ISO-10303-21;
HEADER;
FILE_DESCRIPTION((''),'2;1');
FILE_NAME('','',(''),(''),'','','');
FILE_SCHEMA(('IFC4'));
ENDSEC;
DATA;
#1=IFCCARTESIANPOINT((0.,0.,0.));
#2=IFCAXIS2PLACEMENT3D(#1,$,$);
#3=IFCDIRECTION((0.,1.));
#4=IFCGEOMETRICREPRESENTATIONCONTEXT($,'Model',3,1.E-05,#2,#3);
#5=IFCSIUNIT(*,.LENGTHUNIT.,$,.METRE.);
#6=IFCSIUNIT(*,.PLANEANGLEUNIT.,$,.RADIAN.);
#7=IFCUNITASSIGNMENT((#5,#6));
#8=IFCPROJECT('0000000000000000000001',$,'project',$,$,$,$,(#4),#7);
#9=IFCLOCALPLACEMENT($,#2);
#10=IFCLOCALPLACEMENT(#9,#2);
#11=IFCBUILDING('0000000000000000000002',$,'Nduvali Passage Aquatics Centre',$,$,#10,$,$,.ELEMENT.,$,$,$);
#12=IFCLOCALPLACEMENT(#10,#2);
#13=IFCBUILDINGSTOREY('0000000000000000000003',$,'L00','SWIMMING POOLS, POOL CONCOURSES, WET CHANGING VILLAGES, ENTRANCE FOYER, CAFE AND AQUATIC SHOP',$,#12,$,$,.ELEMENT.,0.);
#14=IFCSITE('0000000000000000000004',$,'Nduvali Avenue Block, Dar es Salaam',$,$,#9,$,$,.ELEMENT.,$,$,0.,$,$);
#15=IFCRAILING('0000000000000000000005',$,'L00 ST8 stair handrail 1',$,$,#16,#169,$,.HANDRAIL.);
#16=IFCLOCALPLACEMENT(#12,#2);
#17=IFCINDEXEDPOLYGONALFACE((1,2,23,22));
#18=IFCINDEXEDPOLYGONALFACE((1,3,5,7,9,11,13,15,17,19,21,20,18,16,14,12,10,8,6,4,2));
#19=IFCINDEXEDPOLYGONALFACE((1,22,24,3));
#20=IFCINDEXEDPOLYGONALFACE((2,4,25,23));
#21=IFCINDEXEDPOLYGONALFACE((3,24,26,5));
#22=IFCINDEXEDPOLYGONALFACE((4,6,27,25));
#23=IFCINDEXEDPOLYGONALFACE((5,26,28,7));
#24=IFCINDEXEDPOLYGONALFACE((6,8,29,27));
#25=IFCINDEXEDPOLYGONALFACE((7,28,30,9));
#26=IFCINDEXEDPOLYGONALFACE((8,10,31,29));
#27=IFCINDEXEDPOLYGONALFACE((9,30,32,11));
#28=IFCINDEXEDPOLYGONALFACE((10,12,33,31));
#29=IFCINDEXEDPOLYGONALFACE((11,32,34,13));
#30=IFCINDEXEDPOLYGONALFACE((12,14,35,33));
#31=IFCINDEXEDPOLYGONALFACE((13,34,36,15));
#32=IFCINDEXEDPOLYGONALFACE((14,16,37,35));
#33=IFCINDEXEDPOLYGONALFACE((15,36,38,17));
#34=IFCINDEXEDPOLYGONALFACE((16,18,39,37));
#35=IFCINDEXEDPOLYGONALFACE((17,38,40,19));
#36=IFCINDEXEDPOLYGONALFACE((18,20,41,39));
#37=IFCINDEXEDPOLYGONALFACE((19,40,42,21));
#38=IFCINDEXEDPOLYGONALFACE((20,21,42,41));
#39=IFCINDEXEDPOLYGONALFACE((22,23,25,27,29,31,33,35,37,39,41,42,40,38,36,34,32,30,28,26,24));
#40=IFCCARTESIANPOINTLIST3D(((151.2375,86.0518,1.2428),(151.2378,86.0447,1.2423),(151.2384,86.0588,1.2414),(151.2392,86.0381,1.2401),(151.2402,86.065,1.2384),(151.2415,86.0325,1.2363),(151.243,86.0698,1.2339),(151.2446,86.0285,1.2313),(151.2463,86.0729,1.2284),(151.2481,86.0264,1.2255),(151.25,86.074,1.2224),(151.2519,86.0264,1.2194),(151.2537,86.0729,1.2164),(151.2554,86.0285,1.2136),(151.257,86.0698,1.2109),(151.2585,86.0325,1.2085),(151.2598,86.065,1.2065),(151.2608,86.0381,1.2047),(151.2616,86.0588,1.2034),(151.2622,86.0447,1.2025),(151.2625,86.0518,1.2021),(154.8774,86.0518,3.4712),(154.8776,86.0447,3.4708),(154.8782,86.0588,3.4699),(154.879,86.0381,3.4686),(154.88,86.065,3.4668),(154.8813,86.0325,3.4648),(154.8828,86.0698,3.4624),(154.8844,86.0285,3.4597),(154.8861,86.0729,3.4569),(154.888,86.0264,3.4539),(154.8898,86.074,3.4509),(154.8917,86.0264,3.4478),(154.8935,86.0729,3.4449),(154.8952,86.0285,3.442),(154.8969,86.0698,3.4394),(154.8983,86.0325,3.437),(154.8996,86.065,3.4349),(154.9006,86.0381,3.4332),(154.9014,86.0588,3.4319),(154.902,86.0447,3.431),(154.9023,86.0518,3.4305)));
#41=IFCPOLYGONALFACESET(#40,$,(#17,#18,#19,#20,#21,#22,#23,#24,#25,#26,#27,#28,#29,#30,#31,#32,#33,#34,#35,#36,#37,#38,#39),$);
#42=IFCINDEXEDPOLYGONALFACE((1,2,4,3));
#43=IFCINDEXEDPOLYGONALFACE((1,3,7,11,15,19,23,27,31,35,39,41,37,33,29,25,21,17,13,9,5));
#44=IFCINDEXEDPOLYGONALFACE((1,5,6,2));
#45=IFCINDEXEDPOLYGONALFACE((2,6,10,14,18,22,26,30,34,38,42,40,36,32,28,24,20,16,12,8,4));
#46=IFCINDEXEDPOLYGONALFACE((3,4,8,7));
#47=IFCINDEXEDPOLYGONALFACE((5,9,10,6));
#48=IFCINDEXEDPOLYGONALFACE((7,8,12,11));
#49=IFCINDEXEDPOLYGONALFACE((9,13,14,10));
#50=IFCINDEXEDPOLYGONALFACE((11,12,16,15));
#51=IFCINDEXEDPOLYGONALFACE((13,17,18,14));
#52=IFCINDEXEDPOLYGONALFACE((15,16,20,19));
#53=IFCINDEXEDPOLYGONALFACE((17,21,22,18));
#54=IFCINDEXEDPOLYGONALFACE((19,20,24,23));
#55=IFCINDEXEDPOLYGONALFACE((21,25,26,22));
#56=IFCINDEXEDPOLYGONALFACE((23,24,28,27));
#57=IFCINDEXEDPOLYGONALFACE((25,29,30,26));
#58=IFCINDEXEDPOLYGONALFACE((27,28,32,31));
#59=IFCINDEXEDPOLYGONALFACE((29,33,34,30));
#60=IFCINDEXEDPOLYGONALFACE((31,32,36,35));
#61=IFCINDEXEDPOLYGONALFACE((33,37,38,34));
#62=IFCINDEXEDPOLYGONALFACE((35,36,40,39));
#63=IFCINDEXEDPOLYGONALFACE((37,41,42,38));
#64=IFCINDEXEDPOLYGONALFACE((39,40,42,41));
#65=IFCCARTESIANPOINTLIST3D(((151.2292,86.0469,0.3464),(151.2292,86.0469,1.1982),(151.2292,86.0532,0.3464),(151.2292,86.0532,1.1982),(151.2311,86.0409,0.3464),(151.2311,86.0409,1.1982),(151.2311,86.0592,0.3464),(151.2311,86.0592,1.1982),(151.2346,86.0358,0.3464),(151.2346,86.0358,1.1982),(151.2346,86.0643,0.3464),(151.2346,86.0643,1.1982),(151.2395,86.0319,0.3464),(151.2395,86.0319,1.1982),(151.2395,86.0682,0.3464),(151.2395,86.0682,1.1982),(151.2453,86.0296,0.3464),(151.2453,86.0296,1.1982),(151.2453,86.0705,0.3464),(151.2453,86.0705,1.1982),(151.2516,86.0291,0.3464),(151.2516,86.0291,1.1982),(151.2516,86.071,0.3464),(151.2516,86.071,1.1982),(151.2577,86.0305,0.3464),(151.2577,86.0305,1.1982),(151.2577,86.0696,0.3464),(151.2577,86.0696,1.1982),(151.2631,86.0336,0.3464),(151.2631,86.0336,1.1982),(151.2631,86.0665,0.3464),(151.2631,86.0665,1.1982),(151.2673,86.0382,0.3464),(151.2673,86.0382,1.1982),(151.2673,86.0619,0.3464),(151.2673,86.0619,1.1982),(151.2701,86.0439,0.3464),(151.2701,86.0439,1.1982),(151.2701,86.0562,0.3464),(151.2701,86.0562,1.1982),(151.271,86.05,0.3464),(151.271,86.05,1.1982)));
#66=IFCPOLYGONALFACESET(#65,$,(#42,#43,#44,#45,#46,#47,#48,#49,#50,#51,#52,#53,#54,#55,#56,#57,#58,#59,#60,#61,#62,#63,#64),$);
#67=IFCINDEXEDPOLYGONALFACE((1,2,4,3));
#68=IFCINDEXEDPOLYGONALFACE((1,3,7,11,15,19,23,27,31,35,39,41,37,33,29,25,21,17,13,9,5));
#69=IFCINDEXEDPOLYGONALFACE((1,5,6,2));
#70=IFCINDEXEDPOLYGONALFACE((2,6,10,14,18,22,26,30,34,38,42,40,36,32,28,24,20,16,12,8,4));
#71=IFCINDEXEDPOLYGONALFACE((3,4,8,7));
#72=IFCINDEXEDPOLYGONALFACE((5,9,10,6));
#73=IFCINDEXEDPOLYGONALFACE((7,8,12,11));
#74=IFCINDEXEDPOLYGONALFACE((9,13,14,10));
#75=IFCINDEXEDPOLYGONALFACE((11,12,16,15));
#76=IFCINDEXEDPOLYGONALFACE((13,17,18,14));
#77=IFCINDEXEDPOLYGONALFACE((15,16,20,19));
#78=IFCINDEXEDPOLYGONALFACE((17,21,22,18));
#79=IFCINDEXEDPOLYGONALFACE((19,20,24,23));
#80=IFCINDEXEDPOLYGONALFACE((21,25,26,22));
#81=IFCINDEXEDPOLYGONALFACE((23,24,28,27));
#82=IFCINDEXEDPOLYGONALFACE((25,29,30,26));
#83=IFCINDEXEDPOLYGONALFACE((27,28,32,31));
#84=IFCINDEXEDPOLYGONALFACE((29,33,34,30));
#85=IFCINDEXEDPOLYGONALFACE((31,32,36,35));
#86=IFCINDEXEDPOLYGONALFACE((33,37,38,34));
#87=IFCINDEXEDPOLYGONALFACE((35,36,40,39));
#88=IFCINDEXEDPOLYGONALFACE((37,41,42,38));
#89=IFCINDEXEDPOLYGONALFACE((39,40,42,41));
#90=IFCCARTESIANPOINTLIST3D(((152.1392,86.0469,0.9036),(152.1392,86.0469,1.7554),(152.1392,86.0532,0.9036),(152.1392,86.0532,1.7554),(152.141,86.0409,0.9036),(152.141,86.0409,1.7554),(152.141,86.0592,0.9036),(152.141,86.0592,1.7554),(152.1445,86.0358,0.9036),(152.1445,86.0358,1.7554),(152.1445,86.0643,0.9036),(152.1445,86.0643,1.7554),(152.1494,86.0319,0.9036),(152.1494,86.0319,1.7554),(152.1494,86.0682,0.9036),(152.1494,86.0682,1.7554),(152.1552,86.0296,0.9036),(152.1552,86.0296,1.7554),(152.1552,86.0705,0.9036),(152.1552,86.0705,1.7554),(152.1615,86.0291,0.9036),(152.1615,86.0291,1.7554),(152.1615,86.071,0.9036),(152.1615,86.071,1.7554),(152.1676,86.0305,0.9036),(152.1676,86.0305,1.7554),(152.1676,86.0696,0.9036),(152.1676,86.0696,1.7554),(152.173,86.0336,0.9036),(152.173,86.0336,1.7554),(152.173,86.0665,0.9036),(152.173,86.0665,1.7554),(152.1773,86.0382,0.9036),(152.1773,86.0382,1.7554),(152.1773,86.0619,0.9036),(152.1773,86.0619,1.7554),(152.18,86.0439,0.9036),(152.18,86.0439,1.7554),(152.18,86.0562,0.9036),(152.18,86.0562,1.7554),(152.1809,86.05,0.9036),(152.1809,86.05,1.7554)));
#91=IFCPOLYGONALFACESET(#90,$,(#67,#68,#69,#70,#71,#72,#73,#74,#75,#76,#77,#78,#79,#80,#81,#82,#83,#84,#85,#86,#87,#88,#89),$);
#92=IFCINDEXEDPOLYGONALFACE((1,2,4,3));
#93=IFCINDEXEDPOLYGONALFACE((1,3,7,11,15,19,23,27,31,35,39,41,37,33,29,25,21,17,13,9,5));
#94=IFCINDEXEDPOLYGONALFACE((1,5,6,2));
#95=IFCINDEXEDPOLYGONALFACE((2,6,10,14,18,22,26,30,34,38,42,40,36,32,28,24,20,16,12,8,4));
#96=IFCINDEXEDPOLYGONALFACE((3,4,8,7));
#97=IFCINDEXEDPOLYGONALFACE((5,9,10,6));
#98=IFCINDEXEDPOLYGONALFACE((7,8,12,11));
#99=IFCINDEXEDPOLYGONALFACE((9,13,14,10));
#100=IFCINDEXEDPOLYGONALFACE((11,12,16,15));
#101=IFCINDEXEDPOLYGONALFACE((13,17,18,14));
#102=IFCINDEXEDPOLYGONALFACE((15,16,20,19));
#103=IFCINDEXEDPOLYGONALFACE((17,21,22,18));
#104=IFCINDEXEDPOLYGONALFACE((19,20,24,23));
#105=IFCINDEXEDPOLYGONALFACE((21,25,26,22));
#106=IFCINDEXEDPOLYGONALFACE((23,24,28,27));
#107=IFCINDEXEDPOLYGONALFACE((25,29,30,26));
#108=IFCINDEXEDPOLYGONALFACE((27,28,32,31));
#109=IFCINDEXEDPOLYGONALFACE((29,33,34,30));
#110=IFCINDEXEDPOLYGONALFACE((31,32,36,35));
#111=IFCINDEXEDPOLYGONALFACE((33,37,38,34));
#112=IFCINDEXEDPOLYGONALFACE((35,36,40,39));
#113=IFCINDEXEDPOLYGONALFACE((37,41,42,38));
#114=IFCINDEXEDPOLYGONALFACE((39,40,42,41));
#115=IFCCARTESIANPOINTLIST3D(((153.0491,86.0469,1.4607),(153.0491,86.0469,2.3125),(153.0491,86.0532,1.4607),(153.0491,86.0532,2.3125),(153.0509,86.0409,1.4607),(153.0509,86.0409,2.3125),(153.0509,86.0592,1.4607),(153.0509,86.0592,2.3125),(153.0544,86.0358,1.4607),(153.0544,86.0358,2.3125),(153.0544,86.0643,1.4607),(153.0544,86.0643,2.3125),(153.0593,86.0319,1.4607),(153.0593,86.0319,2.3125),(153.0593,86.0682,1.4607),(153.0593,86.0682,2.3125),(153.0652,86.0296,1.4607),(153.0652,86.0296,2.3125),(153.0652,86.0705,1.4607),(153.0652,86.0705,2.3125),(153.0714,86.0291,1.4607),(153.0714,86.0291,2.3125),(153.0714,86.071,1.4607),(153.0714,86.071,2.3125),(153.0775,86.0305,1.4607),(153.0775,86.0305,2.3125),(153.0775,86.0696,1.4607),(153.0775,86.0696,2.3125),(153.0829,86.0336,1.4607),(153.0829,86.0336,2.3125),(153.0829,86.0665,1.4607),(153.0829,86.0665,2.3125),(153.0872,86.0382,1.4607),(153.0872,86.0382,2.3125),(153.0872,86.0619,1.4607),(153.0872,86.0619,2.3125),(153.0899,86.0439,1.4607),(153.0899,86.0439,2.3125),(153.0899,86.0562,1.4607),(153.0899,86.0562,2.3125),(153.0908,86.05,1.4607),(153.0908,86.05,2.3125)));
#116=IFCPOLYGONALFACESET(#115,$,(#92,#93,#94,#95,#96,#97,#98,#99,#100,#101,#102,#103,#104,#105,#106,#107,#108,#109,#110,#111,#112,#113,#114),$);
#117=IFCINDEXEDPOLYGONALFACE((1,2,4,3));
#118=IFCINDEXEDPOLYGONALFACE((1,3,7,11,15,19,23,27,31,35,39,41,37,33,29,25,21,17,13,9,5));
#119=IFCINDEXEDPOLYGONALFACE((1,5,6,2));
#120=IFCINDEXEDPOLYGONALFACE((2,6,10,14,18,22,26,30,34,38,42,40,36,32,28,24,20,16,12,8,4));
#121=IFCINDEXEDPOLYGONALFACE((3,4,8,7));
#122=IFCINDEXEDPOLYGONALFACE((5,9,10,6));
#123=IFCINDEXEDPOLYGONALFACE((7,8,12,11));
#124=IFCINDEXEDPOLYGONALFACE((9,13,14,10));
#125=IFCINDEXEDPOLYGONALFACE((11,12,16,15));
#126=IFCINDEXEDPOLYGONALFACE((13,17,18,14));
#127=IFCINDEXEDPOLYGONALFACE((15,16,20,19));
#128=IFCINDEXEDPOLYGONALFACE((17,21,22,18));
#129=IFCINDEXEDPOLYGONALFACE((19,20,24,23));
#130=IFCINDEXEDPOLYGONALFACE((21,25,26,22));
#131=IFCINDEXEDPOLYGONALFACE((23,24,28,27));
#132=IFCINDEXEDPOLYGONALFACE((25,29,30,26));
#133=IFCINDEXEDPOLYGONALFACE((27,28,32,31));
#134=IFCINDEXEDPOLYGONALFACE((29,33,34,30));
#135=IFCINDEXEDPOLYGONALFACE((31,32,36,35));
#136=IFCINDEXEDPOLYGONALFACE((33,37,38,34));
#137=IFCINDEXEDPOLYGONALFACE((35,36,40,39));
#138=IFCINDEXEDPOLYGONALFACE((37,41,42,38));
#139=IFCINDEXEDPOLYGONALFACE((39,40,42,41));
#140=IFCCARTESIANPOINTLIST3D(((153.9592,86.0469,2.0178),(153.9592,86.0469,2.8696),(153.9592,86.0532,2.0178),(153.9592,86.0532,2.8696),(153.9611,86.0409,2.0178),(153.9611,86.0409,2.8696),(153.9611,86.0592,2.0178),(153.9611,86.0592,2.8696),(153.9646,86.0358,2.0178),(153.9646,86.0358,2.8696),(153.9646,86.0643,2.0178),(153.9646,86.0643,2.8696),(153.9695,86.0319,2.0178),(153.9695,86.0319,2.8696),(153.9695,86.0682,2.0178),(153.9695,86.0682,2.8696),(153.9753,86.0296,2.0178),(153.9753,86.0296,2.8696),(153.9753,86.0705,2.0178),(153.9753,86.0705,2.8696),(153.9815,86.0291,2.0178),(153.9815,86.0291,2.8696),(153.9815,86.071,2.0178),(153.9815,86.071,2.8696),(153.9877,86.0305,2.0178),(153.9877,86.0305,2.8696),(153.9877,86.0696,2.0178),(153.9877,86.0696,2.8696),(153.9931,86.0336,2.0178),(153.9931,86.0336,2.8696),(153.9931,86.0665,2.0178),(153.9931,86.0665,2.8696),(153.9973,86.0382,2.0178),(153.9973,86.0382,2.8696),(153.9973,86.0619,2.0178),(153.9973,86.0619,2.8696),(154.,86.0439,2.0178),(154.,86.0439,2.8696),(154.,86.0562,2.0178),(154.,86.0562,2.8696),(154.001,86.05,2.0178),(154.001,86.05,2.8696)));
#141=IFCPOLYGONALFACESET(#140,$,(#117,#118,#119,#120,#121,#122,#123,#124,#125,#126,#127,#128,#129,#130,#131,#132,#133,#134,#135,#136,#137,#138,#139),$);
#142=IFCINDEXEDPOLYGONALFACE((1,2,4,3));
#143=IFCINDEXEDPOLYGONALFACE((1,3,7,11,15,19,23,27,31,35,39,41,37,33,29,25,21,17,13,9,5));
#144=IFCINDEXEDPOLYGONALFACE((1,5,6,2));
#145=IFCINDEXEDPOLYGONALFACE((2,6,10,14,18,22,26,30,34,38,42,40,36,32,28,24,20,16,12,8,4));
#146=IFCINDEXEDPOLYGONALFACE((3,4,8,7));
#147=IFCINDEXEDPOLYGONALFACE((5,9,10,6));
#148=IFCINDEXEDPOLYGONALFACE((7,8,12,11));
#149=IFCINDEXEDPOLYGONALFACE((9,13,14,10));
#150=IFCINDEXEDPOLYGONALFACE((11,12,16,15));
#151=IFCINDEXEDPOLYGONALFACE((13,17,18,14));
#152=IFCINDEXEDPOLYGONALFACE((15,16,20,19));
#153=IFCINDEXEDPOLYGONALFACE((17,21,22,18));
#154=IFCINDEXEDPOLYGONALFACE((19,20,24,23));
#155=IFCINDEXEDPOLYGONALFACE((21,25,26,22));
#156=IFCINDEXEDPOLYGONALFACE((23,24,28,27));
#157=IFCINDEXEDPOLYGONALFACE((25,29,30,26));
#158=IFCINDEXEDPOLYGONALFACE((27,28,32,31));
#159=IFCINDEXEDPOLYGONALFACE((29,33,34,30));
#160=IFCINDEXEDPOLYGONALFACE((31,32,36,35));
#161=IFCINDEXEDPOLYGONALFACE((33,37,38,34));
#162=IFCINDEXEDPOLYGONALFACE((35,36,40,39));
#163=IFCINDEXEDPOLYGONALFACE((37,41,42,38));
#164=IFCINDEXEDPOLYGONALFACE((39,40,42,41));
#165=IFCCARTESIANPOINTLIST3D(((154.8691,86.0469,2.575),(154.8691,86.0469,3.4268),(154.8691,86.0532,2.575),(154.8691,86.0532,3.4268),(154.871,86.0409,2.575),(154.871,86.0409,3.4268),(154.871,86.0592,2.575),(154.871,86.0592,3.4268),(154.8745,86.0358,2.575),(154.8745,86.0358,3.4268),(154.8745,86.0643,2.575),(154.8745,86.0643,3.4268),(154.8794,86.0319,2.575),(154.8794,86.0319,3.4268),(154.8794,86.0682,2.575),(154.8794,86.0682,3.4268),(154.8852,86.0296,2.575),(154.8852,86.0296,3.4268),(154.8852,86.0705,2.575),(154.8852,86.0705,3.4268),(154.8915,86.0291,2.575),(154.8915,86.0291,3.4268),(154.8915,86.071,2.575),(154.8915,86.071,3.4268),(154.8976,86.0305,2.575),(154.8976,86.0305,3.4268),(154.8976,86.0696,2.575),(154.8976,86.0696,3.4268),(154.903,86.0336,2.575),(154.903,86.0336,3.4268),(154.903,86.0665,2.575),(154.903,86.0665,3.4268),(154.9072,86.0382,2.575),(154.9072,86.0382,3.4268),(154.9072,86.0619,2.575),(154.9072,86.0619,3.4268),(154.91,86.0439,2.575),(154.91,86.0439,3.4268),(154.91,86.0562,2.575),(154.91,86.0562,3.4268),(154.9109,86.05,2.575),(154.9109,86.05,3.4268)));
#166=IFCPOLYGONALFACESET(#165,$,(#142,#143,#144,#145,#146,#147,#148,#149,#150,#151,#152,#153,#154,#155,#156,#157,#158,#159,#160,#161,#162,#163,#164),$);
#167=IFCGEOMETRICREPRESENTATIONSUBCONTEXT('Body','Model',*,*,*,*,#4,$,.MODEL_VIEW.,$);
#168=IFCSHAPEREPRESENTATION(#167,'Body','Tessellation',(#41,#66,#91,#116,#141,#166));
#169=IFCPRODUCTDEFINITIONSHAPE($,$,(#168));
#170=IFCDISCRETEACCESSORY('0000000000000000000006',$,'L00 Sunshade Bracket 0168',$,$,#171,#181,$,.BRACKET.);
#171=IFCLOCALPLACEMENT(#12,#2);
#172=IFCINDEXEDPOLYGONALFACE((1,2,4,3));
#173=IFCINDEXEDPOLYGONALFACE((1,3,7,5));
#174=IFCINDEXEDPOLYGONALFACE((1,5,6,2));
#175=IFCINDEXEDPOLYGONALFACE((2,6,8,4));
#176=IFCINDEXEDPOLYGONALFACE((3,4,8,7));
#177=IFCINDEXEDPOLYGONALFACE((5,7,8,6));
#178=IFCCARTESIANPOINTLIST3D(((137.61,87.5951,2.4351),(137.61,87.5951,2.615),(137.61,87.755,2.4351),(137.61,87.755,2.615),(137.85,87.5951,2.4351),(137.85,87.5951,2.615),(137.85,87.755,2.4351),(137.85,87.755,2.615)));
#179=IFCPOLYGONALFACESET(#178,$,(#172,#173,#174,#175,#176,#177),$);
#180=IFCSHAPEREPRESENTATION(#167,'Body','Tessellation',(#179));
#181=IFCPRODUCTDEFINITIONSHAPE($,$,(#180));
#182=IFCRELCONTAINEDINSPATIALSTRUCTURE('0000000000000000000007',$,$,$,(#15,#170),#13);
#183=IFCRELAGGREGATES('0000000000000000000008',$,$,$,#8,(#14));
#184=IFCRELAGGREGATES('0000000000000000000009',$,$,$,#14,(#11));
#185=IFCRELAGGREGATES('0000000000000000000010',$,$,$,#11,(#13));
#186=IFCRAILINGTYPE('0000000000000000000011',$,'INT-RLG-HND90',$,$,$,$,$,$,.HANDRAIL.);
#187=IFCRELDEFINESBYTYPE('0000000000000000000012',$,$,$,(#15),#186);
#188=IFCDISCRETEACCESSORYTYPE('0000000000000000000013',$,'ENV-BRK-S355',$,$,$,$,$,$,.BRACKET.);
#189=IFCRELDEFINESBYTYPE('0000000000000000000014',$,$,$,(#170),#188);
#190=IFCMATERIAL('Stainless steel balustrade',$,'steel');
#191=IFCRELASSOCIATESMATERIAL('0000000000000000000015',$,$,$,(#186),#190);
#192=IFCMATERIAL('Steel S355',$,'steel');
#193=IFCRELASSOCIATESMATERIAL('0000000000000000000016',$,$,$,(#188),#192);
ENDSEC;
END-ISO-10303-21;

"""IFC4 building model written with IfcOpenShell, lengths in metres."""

from ifc_helpers import new_model, si_unit, direction, frame, origin, origin_2d, place, context, subcontext, project, spatial, rectangle, circle, extrude, material, type_object, element, save


model = new_model("IFC4")

# Units and contexts
model_context = context("Model", 3, precision=1e-05, world=origin(), true_north=direction((0.0, 1.0)))
body_context = subcontext(model_context, "Body", "Model", "MODEL_VIEW")
ifc_project = project(units=[si_unit("LENGTHUNIT", "METRE"), si_unit("PLANEANGLEUNIT", "RADIAN")], contexts=[model_context])

# Site, building, storey
site_placement = place(None, origin())
site = spatial("IfcSite", under=ifc_project, at=site_placement, Name="Nduvali Avenue Block, Dar es Salaam", CompositionType="ELEMENT", RefElevation=0.0)
building_placement = place(site_placement, origin())
building = spatial("IfcBuilding", under=site, at=building_placement, Name="Nduvali Passage Aquatics Centre", CompositionType="ELEMENT")
storey_placement = place(building_placement, origin())
storey = spatial("IfcBuildingStorey", under=building, at=storey_placement, Name="L00", Description="SWIMMING POOLS, POOL CONCOURSES, WET CHANGING VILLAGES, ENTRANCE FOYER, CAFE AND AQUATIC SHOP", CompositionType="ELEMENT", Elevation=0.0)

# Shared definitions
ifc_material_1 = material(Name="Steel S355", Category="steel")

# Railing
ifc_material_2 = material(Name="Stainless steel balustrade", Category="steel")
railing_type_1 = type_object("IfcRailingType", Name="INT-RLG-HND90", PredefinedType="HANDRAIL", material=ifc_material_2)
railing_1_placement = place(storey_placement, frame((151.25, 86.05, 0.3464)))
element("IfcRailing", 1, at=railing_1_placement, inside=storey, type_object=railing_type_1, Name="L00 ST8 stair handrail 1", PredefinedType="HANDRAIL", context=body_context, shape_type="SweptSolid", body=[
    extrude(circle(Radius=0.0239, at=origin_2d()), frame((0.0, 0.0, 0.876), z_axis=(0.85285, 0.0, 0.522156), x_axis=(0.0, 1.0, 0.0)), (0.0, 0.0, 1.0), 4.2678),
    extrude(circle(Radius=0.021, at=origin_2d()), origin(), (0.0, 0.0, 1.0), 0.8518),
    extrude(circle(Radius=0.021, at=origin_2d()), frame((0.9099, 0.0, 0.5571)), (0.0, 0.0, 1.0), 0.8518),
    extrude(circle(Radius=0.021, at=origin_2d()), frame((1.8198, 0.0, 1.1143)), (0.0, 0.0, 1.0), 0.8518),
    extrude(circle(Radius=0.021, at=origin_2d()), frame((2.73, 0.0, 1.6714)), (0.0, 0.0, 1.0), 0.8518),
    extrude(circle(Radius=0.021, at=origin_2d()), frame((3.6399, 0.0, 2.2285)), (0.0, 0.0, 1.0), 0.8518),
])

# Discrete accessory
discrete_accessory_type = type_object("IfcDiscreteAccessoryType", Name="ENV-BRK-S355", PredefinedType="BRACKET", material=ifc_material_1)
discrete_accessory_placement = place(storey_placement, frame((137.73, 87.675, 2.4351), z_axis=(0.0, 0.0, 1.0), x_axis=(0.0, -1.0, 0.0)))
element("IfcDiscreteAccessory", 2, at=discrete_accessory_placement, inside=storey, type_object=discrete_accessory_type, Name="L00 Sunshade Bracket 0168", PredefinedType="BRACKET", context=body_context, shape_type="SweptSolid", body=[
    extrude(rectangle(XDim=0.1599, YDim=0.24, at=origin_2d()), origin(), (0.0, 0.0, 1.0), 0.1799),
])

save(model, "model.ifc")
